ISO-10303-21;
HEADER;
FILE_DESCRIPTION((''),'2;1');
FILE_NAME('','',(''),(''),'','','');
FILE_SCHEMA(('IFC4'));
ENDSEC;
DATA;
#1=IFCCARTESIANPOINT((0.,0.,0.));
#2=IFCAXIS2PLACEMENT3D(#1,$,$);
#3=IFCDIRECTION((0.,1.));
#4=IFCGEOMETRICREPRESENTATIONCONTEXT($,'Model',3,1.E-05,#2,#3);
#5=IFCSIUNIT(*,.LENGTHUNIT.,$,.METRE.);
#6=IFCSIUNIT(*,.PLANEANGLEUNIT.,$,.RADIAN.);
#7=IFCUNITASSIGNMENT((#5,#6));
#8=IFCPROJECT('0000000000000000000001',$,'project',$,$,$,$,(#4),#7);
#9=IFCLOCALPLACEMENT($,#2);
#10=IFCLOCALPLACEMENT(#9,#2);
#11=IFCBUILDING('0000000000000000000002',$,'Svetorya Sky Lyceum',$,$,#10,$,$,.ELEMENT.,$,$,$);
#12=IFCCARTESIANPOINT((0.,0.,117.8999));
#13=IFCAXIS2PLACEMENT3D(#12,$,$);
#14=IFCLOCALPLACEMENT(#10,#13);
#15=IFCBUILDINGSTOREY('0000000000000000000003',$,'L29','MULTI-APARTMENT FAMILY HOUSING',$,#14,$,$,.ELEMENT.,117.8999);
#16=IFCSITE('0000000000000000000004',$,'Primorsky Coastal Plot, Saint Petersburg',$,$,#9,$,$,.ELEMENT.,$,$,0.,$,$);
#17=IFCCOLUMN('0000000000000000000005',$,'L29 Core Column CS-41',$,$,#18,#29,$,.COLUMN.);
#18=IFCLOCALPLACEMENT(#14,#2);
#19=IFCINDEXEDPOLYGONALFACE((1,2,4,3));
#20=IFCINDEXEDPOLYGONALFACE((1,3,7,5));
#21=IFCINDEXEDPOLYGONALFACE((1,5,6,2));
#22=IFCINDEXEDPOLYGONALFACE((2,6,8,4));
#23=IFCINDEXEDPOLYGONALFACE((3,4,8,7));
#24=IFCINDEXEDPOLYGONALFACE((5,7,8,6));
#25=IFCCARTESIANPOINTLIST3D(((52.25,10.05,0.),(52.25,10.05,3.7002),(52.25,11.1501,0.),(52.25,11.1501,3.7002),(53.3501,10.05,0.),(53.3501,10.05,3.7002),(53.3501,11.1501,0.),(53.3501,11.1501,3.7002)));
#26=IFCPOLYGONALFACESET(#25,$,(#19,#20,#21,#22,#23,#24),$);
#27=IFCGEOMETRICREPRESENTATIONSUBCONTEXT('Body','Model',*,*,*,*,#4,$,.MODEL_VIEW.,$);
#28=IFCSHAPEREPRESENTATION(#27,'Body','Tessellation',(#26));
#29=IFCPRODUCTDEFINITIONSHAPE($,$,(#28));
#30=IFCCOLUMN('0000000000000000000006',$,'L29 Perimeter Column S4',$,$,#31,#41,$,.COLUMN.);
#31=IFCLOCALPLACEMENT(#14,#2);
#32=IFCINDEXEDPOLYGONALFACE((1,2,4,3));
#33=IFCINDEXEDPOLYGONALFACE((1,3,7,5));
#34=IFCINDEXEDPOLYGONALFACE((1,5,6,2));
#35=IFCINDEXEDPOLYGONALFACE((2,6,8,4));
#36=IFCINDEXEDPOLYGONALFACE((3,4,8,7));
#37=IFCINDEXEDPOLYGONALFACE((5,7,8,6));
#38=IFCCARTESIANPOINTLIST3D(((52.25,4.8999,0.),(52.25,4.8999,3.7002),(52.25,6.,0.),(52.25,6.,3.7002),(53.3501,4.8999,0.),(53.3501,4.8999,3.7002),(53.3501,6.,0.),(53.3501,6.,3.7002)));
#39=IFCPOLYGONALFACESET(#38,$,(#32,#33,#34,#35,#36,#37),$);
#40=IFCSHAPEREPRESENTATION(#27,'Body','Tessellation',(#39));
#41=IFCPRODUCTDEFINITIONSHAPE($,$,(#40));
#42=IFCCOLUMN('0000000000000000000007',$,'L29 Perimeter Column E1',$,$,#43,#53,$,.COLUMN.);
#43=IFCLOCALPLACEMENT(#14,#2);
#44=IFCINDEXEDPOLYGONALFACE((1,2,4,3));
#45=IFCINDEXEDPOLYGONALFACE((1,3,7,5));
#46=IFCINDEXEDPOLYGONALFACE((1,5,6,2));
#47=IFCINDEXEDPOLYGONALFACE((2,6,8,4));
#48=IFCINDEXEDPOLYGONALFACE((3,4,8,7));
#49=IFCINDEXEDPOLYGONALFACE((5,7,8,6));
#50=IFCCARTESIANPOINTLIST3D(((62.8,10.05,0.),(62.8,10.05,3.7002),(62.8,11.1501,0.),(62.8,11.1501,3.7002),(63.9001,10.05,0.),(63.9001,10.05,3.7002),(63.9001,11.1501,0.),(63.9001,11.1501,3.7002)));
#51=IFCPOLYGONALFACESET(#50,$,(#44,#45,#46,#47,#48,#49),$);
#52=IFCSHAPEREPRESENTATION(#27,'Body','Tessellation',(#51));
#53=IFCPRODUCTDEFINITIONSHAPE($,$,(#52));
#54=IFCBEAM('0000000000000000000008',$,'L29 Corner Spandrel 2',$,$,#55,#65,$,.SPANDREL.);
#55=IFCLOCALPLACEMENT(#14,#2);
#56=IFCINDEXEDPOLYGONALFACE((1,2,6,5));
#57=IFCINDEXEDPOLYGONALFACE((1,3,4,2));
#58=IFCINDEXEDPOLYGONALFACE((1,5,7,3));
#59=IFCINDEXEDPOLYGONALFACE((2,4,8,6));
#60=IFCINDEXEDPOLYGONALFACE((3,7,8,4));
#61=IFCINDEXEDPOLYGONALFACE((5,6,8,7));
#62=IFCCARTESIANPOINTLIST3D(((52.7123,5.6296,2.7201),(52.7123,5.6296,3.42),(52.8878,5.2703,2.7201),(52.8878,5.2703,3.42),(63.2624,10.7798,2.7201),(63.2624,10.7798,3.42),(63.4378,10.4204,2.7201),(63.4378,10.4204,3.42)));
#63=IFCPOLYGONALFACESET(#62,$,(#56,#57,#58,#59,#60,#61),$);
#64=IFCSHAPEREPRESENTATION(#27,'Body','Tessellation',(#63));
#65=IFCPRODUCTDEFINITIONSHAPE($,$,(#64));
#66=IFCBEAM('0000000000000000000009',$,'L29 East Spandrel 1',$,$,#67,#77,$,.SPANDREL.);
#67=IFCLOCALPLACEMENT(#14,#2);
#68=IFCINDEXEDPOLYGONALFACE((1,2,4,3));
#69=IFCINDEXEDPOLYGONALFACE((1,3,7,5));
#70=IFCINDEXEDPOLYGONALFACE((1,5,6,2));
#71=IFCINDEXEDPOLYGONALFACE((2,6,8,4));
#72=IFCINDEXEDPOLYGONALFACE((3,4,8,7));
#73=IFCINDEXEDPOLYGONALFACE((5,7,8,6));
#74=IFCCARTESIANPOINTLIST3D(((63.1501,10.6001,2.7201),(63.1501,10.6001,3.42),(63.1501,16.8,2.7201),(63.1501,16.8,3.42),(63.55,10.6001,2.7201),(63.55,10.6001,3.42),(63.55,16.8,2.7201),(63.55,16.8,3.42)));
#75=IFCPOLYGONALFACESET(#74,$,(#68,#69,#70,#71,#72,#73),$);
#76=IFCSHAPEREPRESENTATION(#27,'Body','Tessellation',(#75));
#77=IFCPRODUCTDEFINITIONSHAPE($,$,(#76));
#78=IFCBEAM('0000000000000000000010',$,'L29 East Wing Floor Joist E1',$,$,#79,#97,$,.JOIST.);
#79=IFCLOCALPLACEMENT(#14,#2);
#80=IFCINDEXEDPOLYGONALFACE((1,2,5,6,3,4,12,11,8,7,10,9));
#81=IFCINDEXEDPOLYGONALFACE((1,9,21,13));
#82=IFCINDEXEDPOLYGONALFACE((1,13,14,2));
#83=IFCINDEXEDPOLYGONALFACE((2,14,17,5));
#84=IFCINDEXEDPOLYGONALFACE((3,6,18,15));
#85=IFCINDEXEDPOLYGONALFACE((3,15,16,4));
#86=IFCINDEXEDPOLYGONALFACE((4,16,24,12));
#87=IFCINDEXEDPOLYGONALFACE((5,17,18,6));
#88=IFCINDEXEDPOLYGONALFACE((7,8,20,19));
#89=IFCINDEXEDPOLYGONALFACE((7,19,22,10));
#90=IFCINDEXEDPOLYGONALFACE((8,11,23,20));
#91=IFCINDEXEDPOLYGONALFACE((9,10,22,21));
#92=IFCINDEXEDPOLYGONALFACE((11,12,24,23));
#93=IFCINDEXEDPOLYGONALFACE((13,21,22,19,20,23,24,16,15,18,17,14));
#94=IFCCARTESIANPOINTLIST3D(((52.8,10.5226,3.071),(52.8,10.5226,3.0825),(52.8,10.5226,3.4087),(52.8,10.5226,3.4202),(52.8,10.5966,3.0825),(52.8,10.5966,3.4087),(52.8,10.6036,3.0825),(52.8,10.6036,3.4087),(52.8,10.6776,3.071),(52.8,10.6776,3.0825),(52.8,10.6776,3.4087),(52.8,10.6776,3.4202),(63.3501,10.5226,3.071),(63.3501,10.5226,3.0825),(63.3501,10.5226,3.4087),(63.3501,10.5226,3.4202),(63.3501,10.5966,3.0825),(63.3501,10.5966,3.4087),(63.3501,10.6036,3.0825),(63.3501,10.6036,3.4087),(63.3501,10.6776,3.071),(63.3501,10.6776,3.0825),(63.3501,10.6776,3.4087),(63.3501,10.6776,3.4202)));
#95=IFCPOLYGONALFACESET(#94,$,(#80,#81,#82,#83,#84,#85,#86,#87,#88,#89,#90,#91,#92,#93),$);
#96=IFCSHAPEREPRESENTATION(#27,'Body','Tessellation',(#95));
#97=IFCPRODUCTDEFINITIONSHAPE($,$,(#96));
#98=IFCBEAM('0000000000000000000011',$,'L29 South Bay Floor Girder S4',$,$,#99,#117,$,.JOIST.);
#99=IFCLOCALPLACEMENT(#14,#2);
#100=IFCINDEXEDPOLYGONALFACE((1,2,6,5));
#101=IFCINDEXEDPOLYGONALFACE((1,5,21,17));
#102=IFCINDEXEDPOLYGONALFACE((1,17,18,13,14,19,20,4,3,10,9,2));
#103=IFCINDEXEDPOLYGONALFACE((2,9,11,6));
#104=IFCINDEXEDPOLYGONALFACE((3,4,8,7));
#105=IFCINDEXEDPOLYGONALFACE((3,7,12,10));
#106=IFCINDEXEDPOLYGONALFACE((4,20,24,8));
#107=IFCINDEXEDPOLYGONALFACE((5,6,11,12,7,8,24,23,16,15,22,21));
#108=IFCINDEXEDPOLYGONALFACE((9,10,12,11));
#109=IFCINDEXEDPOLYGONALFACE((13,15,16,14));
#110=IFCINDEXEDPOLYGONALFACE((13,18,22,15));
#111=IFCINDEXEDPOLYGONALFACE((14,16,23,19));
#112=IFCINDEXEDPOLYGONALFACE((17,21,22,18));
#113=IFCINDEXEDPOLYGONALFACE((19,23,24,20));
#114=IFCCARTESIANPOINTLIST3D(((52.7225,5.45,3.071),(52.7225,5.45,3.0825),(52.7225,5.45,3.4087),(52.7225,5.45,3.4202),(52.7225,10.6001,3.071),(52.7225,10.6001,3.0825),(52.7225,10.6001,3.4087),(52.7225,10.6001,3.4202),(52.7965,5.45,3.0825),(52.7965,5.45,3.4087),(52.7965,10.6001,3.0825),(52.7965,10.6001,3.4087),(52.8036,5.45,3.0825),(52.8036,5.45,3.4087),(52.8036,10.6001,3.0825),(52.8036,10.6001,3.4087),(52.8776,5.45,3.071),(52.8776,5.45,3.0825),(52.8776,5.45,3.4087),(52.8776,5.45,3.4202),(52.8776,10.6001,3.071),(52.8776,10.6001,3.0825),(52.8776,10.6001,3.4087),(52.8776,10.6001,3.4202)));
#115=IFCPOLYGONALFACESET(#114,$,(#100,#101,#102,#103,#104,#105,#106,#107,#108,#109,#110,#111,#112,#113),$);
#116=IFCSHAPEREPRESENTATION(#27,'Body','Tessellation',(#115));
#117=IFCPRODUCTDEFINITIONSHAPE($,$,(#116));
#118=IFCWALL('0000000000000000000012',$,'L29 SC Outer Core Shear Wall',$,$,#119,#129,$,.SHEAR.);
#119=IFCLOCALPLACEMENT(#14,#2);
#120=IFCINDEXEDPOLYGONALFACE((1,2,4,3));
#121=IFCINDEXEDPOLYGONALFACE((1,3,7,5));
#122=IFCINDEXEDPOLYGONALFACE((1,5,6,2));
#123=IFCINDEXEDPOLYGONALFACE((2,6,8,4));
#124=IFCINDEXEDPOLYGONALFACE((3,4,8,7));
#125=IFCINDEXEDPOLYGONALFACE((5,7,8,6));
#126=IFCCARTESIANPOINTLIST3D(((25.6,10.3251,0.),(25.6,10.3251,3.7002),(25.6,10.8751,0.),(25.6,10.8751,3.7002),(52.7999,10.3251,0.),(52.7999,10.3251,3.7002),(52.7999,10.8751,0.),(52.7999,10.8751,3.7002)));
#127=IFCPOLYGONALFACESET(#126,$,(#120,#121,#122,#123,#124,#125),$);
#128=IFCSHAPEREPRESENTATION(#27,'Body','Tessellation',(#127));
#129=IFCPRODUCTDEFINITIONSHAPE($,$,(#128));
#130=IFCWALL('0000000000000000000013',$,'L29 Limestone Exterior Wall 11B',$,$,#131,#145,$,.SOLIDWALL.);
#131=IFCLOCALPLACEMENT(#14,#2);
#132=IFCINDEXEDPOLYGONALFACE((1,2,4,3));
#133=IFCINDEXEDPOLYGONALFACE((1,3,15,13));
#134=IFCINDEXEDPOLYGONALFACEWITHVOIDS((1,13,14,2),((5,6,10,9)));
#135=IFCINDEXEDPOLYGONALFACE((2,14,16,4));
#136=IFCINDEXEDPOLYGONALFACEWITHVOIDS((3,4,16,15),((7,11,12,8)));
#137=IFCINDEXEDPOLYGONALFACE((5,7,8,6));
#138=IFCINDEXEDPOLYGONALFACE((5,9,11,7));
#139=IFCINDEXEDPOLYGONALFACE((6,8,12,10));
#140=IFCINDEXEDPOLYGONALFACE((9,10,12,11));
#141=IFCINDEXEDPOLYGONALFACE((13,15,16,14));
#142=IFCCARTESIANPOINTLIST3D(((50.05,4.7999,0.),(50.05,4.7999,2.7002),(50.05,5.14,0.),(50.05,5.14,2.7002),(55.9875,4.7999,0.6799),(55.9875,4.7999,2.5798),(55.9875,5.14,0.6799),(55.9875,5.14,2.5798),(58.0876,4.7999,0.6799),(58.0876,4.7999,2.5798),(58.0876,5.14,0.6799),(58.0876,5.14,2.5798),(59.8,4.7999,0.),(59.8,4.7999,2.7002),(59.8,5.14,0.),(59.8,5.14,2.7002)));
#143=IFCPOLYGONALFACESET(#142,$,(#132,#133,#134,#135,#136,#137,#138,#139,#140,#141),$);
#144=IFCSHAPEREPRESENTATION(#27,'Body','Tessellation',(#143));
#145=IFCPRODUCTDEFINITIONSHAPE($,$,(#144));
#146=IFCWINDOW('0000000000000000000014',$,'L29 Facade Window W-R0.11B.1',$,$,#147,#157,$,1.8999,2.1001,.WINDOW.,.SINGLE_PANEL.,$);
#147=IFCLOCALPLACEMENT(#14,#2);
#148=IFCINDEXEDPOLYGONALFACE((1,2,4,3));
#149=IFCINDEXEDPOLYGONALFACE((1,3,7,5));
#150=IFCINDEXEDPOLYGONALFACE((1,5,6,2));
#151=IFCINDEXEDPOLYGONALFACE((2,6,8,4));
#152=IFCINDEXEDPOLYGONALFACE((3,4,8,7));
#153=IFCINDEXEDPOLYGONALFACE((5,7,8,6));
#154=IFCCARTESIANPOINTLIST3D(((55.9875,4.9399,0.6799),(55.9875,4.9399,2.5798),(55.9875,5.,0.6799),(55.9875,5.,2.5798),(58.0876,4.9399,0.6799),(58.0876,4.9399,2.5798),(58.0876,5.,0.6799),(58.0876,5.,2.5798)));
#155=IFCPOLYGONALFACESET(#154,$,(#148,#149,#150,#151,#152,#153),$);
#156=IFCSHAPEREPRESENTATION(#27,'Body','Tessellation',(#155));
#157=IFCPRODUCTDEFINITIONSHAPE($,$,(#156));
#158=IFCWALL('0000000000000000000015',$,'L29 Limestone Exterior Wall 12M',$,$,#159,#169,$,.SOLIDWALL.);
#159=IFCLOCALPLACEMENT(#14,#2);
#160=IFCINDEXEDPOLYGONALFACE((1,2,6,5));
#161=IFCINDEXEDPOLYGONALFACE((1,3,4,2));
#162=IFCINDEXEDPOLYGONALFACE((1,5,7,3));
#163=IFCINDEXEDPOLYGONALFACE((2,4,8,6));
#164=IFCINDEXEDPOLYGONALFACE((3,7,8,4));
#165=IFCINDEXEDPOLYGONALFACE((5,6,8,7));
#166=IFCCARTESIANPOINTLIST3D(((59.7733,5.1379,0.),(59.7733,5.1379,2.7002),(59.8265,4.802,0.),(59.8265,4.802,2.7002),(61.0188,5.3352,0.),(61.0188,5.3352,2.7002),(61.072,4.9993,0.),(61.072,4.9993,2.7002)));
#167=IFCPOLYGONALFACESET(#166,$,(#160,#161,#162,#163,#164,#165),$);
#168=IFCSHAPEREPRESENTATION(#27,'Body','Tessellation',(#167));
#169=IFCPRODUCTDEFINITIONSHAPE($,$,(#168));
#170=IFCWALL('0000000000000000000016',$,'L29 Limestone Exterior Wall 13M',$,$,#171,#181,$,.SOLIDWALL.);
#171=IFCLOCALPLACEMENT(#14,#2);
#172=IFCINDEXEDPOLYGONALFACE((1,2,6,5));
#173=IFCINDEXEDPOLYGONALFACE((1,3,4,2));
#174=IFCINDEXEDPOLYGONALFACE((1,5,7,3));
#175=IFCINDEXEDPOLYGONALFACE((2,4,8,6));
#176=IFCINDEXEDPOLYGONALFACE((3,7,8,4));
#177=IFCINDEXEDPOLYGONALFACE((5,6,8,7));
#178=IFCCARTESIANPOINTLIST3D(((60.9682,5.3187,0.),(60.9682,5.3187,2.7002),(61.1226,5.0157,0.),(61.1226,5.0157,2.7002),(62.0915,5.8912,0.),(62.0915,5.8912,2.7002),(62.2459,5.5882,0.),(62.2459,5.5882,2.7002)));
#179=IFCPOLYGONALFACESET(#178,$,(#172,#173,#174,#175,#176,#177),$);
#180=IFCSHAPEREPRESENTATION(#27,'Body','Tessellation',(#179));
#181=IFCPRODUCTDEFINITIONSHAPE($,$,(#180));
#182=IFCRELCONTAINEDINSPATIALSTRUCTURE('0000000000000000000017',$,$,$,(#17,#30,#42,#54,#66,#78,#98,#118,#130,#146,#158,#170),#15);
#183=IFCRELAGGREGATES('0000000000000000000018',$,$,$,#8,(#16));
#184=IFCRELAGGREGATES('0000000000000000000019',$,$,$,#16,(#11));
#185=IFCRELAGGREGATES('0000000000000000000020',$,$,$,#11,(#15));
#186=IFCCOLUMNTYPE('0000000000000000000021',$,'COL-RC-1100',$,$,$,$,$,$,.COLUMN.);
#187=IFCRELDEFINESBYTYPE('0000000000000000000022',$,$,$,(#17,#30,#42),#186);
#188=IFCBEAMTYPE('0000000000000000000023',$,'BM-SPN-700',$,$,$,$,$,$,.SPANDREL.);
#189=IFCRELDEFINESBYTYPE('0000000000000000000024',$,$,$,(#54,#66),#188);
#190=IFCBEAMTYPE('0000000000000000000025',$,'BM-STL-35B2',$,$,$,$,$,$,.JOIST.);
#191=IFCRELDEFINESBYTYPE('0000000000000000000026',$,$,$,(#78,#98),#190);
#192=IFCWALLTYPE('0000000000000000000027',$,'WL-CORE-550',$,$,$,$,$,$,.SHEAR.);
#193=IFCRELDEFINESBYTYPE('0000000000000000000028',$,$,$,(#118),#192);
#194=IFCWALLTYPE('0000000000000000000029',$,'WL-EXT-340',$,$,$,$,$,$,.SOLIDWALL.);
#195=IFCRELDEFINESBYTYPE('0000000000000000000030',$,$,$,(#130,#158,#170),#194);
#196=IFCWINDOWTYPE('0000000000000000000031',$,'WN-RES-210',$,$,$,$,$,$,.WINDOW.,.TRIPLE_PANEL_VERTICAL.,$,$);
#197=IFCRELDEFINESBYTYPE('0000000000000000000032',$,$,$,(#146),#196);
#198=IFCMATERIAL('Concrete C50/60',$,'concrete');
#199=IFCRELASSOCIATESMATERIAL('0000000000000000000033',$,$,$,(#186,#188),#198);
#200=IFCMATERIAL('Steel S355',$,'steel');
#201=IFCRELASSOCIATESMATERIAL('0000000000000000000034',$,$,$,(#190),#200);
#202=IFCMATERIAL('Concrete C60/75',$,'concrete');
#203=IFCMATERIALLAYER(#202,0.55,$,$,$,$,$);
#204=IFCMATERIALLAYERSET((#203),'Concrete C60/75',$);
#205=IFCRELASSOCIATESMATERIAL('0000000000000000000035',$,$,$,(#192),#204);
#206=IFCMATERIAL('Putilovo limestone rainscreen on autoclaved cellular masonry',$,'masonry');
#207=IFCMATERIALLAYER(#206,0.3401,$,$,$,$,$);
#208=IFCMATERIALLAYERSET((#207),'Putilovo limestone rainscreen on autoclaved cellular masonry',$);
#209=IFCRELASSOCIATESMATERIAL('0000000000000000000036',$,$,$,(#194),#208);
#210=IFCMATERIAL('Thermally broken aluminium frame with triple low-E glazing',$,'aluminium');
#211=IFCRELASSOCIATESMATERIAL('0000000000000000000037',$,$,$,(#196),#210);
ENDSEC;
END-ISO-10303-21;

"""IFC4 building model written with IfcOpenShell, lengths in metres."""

from ifc_helpers import new_model, si_unit, direction, frame, frame_2d, origin, origin_2d, place, context, subcontext, project, spatial, rectangle, i_section, extrude, material, layer, layer_set, material_profile, profile_set, type_object, element, fill, save


model = new_model("IFC4")

# Units and contexts
model_context = context("Model", 3, precision=1e-05, world=origin(), true_north=direction((0.0, 1.0)))
body_context = subcontext(model_context, "Body", "Model", "MODEL_VIEW")
ifc_project = project(units=[si_unit("LENGTHUNIT", "METRE"), si_unit("PLANEANGLEUNIT", "RADIAN")], contexts=[model_context])

# Site, building, storey
site_placement = place(None, origin())
site = spatial("IfcSite", under=ifc_project, at=site_placement, Name="Primorsky Coastal Plot, Saint Petersburg", CompositionType="ELEMENT", RefElevation=0.0)
building_placement = place(site_placement, origin())
building = spatial("IfcBuilding", under=site, at=building_placement, Name="Svetorya Sky Lyceum", CompositionType="ELEMENT")
storey_placement = place(building_placement, frame((0.0, 0.0, 117.8999)))
storey = spatial("IfcBuildingStorey", under=building, at=storey_placement, Name="L29", Description="MULTI-APARTMENT FAMILY HOUSING", CompositionType="ELEMENT", Elevation=117.8999)

# Columns
ifc_material_1 = material(Name="Concrete C50/60", Category="concrete")
ifc_material_profile_1 = material_profile(ifc_material_1, rectangle(XDim=1.1001, YDim=1.1001, at=origin_2d()), Name="RC COL 1100x1100")
ifc_profile_set_1 = profile_set([ifc_material_profile_1], Name="Concrete C50/60")
column_type = type_object("IfcColumnType", Name="COL-RC-1100", PredefinedType="COLUMN", material=ifc_profile_set_1)
for number, where, z_axis, x_axis, name in (
    (1, (52.8, 10.6001, 0.0), (0.0, 0.0, 1.0), (1.0, 0.0, 0.0), "L29 Core Column CS-41"),
    (2, (52.8, 5.45, 0.0), (0.0, 0.0, 1.0), (1.0, 0.0, 0.0), "L29 Perimeter Column S4"),
    (3, (63.3501, 10.6001, 0.0), (0.0, 0.0, 1.0), (1.0, 0.0, 0.0), "L29 Perimeter Column E1"),
):
    element("IfcColumn", number, at=place(storey_placement, frame(where, z_axis=z_axis, x_axis=x_axis)), inside=storey, type_object=column_type, Name=name, PredefinedType="COLUMN", context=body_context, shape_type="SweptSolid", body=[
        extrude(rectangle(XDim=1.1001, YDim=1.1001, at=origin_2d()), origin(), (0.0, 0.0, 1.0), 3.7002),
    ])

# Beams
ifc_material_profile_2 = material_profile(ifc_material_1, rectangle(XDim=0.3999, YDim=0.7, at=origin_2d()), Name="RC SPANDREL 400x700")
ifc_profile_set_2 = profile_set([ifc_material_profile_2], Name="Concrete C50/60")
beam_type_1 = type_object("IfcBeamType", Name="BM-SPN-700", PredefinedType="SPANDREL", material=ifc_profile_set_2)
beam_1_placement = place(storey_placement, frame((52.8, 5.45, 3.0701), z_axis=(0.898641, 0.438684, 0.0), x_axis=(-0.438684, 0.898641, 0.0)))
element("IfcBeam", 4, at=beam_1_placement, inside=storey, type_object=beam_type_1, Name="L29 Corner Spandrel 2", PredefinedType="SPANDREL", context=body_context, shape_type="SweptSolid", body=[
    extrude(rectangle(XDim=0.3999, YDim=0.7, at=origin_2d()), origin(), (0.0, 0.0, 1.0), 11.74),
])
beam_2_placement = place(storey_placement, frame((63.3501, 10.6001, 3.0701), z_axis=(0.0, 1.0, 0.0), x_axis=(-1.0, 0.0, 0.0)))
element("IfcBeam", 5, at=beam_2_placement, inside=storey, type_object=beam_type_1, Name="L29 East Spandrel 1", PredefinedType="SPANDREL", context=body_context, shape_type="SweptSolid", body=[
    extrude(rectangle(XDim=0.3999, YDim=0.7, at=origin_2d()), origin(), (0.0, 0.0, 1.0), 6.2),
])
ifc_material_2 = material(Name="Steel S355", Category="steel")
ifc_material_profile_3 = material_profile(ifc_material_2, i_section(OverallWidth=0.155, OverallDepth=0.3491, WebThickness=0.0071, FlangeThickness=0.0115, at=origin_2d()), Name="GOST 35B2")
ifc_profile_set_3 = profile_set([ifc_material_profile_3], Name="Steel S355")
beam_type_2 = type_object("IfcBeamType", Name="BM-STL-35B2", PredefinedType="JOIST", material=ifc_profile_set_3)
beam_3_placement = place(storey_placement, frame((52.8, 10.6001, 3.2456), z_axis=(1.0, 0.0, 0.0), x_axis=(0.0, 1.0, 0.0)))
element("IfcBeam", 6, at=beam_3_placement, inside=storey, type_object=beam_type_2, Name="L29 East Wing Floor Joist E1", PredefinedType="JOIST", context=body_context, shape_type="SweptSolid", body=[
    extrude(i_section(OverallWidth=0.155, OverallDepth=0.3491, WebThickness=0.0071, FlangeThickness=0.0115, at=origin_2d()), origin(), (0.0, 0.0, 1.0), 10.55),
])
beam_4_placement = place(storey_placement, frame((52.8, 5.45, 3.2456), z_axis=(0.0, 1.0, 0.0), x_axis=(-1.0, 0.0, 0.0)))
element("IfcBeam", 7, at=beam_4_placement, inside=storey, type_object=beam_type_2, Name="L29 South Bay Floor Girder S4", PredefinedType="JOIST", context=body_context, shape_type="SweptSolid", body=[
    extrude(i_section(OverallWidth=0.155, OverallDepth=0.3491, WebThickness=0.0071, FlangeThickness=0.0115, at=origin_2d()), origin(), (0.0, 0.0, 1.0), 5.1501),
])

# Wall
ifc_material_3 = material(Name="Concrete C60/75", Category="concrete")
ifc_layer_1 = layer(ifc_material_3, 0.55)
ifc_layer_set_1 = layer_set([ifc_layer_1], Name="Concrete C60/75")
wall_type_1 = type_object("IfcWallType", Name="WL-CORE-550", PredefinedType="SHEAR", material=ifc_layer_set_1)
wall_1_placement = place(storey_placement, frame((52.8, 10.6001, 0.0), z_axis=(0.0, 0.0, 1.0), x_axis=(-1.0, 0.0, 0.0)))
element("IfcWall", 8, at=wall_1_placement, inside=storey, type_object=wall_type_1, Name="L29 SC Outer Core Shear Wall", PredefinedType="SHEAR", context=body_context, shape_type="SweptSolid", body=[
    extrude(rectangle(XDim=27.2, YDim=0.55, at=frame_2d((13.6001, 0.0))), origin(), (0.0, 0.0, 1.0), 3.7002),
])

# Wall, opening, window
ifc_material_4 = material(Name="Putilovo limestone rainscreen on autoclaved cellular masonry", Category="masonry")
ifc_layer_2 = layer(ifc_material_4, 0.3401)
ifc_layer_set_2 = layer_set([ifc_layer_2], Name="Putilovo limestone rainscreen on autoclaved cellular masonry")
wall_type_2 = type_object("IfcWallType", Name="WL-EXT-340", PredefinedType="SOLIDWALL", material=ifc_layer_set_2)
wall_2_placement = place(storey_placement, frame((50.05, 4.97, 0.0), z_axis=(0.0, 0.0, 1.0), x_axis=(1.0, 0.0, 0.0)))
wall_2 = element("IfcWall", 9, at=wall_2_placement, inside=storey, type_object=wall_type_2, Name="L29 Limestone Exterior Wall 11B", PredefinedType="SOLIDWALL", context=body_context, shape_type="SweptSolid", body=[
    extrude(rectangle(XDim=9.75, YDim=0.3401, at=frame_2d((4.875, 0.0))), origin(), (0.0, 0.0, 1.0), 2.7002),
])
opening_1_placement = place(wall_2_placement, frame((5.9375, 0.0, 0.6799)))
opening_1 = element("IfcOpeningElement", 10, at=opening_1_placement, cuts=wall_2, PredefinedType="OPENING", context=body_context, shape_type="SweptSolid", body=[
    extrude(rectangle(XDim=2.1001, YDim=1.8999, at=frame_2d((1.05, 0.95))), frame((0.0, 0.1799, 0.0), z_axis=(0.0, -1.0, 0.0), x_axis=(1.0, 0.0, 0.0)), (0.0, 0.0, 1.0), 0.3601),
])
ifc_material_5 = material(Name="Thermally broken aluminium frame with triple low-E glazing", Category="aluminium")
window_type_1 = type_object("IfcWindowType", Name="WN-RES-210", PartitioningType="TRIPLE_PANEL_VERTICAL", PredefinedType="WINDOW", material=ifc_material_5)
window_1_placement = place(opening_1_placement, origin())
window_1 = element("IfcWindow", 11, at=window_1_placement, inside=storey, type_object=window_type_1, Name="L29 Facade Window W-R0.11B.1", OverallHeight=1.8999, OverallWidth=2.1001, PartitioningType="SINGLE_PANEL", PredefinedType="WINDOW", context=body_context, shape_type="SweptSolid", body=[
    extrude(rectangle(XDim=2.1001, YDim=1.8999, at=frame_2d((1.05, 0.95))), frame((0.0, 0.03, 0.0), z_axis=(0.0, -1.0, 0.0), x_axis=(1.0, 0.0, 0.0)), (0.0, 0.0, 1.0), 0.0601),
])
fill(opening_1, window_1)

# Walls
wall_3_placement = place(storey_placement, frame((59.8, 4.97, 0.0), z_axis=(0.0, 0.0, 1.0), x_axis=(0.987686, 0.15645, 0.0)))
element("IfcWall", 12, at=wall_3_placement, inside=storey, type_object=wall_type_2, Name="L29 Limestone Exterior Wall 12M", PredefinedType="SOLIDWALL", context=body_context, shape_type="SweptSolid", body=[
    extrude(rectangle(XDim=1.261, YDim=0.3401, at=frame_2d((0.6304, 0.0))), origin(), (0.0, 0.0, 1.0), 2.7002),
])
for number, where, z_axis, x_axis, name in (
    (13, (61.0454, 5.1672, 0.0), (0.0, 0.0, 1.0), (0.890954, 0.454094, 0.0), "L29 Limestone Exterior Wall 13M"),
):
    element("IfcWall", number, at=place(storey_placement, frame(where, z_axis=z_axis, x_axis=x_axis)), inside=storey, type_object=wall_type_2, Name=name, PredefinedType="SOLIDWALL", context=body_context, shape_type="SweptSolid", body=[
        extrude(rectangle(XDim=1.2607, YDim=0.3401, at=frame_2d((0.6304, 0.0))), origin(), (0.0, 0.0, 1.0), 2.7002),
    ])

save(model, "model.ifc")
